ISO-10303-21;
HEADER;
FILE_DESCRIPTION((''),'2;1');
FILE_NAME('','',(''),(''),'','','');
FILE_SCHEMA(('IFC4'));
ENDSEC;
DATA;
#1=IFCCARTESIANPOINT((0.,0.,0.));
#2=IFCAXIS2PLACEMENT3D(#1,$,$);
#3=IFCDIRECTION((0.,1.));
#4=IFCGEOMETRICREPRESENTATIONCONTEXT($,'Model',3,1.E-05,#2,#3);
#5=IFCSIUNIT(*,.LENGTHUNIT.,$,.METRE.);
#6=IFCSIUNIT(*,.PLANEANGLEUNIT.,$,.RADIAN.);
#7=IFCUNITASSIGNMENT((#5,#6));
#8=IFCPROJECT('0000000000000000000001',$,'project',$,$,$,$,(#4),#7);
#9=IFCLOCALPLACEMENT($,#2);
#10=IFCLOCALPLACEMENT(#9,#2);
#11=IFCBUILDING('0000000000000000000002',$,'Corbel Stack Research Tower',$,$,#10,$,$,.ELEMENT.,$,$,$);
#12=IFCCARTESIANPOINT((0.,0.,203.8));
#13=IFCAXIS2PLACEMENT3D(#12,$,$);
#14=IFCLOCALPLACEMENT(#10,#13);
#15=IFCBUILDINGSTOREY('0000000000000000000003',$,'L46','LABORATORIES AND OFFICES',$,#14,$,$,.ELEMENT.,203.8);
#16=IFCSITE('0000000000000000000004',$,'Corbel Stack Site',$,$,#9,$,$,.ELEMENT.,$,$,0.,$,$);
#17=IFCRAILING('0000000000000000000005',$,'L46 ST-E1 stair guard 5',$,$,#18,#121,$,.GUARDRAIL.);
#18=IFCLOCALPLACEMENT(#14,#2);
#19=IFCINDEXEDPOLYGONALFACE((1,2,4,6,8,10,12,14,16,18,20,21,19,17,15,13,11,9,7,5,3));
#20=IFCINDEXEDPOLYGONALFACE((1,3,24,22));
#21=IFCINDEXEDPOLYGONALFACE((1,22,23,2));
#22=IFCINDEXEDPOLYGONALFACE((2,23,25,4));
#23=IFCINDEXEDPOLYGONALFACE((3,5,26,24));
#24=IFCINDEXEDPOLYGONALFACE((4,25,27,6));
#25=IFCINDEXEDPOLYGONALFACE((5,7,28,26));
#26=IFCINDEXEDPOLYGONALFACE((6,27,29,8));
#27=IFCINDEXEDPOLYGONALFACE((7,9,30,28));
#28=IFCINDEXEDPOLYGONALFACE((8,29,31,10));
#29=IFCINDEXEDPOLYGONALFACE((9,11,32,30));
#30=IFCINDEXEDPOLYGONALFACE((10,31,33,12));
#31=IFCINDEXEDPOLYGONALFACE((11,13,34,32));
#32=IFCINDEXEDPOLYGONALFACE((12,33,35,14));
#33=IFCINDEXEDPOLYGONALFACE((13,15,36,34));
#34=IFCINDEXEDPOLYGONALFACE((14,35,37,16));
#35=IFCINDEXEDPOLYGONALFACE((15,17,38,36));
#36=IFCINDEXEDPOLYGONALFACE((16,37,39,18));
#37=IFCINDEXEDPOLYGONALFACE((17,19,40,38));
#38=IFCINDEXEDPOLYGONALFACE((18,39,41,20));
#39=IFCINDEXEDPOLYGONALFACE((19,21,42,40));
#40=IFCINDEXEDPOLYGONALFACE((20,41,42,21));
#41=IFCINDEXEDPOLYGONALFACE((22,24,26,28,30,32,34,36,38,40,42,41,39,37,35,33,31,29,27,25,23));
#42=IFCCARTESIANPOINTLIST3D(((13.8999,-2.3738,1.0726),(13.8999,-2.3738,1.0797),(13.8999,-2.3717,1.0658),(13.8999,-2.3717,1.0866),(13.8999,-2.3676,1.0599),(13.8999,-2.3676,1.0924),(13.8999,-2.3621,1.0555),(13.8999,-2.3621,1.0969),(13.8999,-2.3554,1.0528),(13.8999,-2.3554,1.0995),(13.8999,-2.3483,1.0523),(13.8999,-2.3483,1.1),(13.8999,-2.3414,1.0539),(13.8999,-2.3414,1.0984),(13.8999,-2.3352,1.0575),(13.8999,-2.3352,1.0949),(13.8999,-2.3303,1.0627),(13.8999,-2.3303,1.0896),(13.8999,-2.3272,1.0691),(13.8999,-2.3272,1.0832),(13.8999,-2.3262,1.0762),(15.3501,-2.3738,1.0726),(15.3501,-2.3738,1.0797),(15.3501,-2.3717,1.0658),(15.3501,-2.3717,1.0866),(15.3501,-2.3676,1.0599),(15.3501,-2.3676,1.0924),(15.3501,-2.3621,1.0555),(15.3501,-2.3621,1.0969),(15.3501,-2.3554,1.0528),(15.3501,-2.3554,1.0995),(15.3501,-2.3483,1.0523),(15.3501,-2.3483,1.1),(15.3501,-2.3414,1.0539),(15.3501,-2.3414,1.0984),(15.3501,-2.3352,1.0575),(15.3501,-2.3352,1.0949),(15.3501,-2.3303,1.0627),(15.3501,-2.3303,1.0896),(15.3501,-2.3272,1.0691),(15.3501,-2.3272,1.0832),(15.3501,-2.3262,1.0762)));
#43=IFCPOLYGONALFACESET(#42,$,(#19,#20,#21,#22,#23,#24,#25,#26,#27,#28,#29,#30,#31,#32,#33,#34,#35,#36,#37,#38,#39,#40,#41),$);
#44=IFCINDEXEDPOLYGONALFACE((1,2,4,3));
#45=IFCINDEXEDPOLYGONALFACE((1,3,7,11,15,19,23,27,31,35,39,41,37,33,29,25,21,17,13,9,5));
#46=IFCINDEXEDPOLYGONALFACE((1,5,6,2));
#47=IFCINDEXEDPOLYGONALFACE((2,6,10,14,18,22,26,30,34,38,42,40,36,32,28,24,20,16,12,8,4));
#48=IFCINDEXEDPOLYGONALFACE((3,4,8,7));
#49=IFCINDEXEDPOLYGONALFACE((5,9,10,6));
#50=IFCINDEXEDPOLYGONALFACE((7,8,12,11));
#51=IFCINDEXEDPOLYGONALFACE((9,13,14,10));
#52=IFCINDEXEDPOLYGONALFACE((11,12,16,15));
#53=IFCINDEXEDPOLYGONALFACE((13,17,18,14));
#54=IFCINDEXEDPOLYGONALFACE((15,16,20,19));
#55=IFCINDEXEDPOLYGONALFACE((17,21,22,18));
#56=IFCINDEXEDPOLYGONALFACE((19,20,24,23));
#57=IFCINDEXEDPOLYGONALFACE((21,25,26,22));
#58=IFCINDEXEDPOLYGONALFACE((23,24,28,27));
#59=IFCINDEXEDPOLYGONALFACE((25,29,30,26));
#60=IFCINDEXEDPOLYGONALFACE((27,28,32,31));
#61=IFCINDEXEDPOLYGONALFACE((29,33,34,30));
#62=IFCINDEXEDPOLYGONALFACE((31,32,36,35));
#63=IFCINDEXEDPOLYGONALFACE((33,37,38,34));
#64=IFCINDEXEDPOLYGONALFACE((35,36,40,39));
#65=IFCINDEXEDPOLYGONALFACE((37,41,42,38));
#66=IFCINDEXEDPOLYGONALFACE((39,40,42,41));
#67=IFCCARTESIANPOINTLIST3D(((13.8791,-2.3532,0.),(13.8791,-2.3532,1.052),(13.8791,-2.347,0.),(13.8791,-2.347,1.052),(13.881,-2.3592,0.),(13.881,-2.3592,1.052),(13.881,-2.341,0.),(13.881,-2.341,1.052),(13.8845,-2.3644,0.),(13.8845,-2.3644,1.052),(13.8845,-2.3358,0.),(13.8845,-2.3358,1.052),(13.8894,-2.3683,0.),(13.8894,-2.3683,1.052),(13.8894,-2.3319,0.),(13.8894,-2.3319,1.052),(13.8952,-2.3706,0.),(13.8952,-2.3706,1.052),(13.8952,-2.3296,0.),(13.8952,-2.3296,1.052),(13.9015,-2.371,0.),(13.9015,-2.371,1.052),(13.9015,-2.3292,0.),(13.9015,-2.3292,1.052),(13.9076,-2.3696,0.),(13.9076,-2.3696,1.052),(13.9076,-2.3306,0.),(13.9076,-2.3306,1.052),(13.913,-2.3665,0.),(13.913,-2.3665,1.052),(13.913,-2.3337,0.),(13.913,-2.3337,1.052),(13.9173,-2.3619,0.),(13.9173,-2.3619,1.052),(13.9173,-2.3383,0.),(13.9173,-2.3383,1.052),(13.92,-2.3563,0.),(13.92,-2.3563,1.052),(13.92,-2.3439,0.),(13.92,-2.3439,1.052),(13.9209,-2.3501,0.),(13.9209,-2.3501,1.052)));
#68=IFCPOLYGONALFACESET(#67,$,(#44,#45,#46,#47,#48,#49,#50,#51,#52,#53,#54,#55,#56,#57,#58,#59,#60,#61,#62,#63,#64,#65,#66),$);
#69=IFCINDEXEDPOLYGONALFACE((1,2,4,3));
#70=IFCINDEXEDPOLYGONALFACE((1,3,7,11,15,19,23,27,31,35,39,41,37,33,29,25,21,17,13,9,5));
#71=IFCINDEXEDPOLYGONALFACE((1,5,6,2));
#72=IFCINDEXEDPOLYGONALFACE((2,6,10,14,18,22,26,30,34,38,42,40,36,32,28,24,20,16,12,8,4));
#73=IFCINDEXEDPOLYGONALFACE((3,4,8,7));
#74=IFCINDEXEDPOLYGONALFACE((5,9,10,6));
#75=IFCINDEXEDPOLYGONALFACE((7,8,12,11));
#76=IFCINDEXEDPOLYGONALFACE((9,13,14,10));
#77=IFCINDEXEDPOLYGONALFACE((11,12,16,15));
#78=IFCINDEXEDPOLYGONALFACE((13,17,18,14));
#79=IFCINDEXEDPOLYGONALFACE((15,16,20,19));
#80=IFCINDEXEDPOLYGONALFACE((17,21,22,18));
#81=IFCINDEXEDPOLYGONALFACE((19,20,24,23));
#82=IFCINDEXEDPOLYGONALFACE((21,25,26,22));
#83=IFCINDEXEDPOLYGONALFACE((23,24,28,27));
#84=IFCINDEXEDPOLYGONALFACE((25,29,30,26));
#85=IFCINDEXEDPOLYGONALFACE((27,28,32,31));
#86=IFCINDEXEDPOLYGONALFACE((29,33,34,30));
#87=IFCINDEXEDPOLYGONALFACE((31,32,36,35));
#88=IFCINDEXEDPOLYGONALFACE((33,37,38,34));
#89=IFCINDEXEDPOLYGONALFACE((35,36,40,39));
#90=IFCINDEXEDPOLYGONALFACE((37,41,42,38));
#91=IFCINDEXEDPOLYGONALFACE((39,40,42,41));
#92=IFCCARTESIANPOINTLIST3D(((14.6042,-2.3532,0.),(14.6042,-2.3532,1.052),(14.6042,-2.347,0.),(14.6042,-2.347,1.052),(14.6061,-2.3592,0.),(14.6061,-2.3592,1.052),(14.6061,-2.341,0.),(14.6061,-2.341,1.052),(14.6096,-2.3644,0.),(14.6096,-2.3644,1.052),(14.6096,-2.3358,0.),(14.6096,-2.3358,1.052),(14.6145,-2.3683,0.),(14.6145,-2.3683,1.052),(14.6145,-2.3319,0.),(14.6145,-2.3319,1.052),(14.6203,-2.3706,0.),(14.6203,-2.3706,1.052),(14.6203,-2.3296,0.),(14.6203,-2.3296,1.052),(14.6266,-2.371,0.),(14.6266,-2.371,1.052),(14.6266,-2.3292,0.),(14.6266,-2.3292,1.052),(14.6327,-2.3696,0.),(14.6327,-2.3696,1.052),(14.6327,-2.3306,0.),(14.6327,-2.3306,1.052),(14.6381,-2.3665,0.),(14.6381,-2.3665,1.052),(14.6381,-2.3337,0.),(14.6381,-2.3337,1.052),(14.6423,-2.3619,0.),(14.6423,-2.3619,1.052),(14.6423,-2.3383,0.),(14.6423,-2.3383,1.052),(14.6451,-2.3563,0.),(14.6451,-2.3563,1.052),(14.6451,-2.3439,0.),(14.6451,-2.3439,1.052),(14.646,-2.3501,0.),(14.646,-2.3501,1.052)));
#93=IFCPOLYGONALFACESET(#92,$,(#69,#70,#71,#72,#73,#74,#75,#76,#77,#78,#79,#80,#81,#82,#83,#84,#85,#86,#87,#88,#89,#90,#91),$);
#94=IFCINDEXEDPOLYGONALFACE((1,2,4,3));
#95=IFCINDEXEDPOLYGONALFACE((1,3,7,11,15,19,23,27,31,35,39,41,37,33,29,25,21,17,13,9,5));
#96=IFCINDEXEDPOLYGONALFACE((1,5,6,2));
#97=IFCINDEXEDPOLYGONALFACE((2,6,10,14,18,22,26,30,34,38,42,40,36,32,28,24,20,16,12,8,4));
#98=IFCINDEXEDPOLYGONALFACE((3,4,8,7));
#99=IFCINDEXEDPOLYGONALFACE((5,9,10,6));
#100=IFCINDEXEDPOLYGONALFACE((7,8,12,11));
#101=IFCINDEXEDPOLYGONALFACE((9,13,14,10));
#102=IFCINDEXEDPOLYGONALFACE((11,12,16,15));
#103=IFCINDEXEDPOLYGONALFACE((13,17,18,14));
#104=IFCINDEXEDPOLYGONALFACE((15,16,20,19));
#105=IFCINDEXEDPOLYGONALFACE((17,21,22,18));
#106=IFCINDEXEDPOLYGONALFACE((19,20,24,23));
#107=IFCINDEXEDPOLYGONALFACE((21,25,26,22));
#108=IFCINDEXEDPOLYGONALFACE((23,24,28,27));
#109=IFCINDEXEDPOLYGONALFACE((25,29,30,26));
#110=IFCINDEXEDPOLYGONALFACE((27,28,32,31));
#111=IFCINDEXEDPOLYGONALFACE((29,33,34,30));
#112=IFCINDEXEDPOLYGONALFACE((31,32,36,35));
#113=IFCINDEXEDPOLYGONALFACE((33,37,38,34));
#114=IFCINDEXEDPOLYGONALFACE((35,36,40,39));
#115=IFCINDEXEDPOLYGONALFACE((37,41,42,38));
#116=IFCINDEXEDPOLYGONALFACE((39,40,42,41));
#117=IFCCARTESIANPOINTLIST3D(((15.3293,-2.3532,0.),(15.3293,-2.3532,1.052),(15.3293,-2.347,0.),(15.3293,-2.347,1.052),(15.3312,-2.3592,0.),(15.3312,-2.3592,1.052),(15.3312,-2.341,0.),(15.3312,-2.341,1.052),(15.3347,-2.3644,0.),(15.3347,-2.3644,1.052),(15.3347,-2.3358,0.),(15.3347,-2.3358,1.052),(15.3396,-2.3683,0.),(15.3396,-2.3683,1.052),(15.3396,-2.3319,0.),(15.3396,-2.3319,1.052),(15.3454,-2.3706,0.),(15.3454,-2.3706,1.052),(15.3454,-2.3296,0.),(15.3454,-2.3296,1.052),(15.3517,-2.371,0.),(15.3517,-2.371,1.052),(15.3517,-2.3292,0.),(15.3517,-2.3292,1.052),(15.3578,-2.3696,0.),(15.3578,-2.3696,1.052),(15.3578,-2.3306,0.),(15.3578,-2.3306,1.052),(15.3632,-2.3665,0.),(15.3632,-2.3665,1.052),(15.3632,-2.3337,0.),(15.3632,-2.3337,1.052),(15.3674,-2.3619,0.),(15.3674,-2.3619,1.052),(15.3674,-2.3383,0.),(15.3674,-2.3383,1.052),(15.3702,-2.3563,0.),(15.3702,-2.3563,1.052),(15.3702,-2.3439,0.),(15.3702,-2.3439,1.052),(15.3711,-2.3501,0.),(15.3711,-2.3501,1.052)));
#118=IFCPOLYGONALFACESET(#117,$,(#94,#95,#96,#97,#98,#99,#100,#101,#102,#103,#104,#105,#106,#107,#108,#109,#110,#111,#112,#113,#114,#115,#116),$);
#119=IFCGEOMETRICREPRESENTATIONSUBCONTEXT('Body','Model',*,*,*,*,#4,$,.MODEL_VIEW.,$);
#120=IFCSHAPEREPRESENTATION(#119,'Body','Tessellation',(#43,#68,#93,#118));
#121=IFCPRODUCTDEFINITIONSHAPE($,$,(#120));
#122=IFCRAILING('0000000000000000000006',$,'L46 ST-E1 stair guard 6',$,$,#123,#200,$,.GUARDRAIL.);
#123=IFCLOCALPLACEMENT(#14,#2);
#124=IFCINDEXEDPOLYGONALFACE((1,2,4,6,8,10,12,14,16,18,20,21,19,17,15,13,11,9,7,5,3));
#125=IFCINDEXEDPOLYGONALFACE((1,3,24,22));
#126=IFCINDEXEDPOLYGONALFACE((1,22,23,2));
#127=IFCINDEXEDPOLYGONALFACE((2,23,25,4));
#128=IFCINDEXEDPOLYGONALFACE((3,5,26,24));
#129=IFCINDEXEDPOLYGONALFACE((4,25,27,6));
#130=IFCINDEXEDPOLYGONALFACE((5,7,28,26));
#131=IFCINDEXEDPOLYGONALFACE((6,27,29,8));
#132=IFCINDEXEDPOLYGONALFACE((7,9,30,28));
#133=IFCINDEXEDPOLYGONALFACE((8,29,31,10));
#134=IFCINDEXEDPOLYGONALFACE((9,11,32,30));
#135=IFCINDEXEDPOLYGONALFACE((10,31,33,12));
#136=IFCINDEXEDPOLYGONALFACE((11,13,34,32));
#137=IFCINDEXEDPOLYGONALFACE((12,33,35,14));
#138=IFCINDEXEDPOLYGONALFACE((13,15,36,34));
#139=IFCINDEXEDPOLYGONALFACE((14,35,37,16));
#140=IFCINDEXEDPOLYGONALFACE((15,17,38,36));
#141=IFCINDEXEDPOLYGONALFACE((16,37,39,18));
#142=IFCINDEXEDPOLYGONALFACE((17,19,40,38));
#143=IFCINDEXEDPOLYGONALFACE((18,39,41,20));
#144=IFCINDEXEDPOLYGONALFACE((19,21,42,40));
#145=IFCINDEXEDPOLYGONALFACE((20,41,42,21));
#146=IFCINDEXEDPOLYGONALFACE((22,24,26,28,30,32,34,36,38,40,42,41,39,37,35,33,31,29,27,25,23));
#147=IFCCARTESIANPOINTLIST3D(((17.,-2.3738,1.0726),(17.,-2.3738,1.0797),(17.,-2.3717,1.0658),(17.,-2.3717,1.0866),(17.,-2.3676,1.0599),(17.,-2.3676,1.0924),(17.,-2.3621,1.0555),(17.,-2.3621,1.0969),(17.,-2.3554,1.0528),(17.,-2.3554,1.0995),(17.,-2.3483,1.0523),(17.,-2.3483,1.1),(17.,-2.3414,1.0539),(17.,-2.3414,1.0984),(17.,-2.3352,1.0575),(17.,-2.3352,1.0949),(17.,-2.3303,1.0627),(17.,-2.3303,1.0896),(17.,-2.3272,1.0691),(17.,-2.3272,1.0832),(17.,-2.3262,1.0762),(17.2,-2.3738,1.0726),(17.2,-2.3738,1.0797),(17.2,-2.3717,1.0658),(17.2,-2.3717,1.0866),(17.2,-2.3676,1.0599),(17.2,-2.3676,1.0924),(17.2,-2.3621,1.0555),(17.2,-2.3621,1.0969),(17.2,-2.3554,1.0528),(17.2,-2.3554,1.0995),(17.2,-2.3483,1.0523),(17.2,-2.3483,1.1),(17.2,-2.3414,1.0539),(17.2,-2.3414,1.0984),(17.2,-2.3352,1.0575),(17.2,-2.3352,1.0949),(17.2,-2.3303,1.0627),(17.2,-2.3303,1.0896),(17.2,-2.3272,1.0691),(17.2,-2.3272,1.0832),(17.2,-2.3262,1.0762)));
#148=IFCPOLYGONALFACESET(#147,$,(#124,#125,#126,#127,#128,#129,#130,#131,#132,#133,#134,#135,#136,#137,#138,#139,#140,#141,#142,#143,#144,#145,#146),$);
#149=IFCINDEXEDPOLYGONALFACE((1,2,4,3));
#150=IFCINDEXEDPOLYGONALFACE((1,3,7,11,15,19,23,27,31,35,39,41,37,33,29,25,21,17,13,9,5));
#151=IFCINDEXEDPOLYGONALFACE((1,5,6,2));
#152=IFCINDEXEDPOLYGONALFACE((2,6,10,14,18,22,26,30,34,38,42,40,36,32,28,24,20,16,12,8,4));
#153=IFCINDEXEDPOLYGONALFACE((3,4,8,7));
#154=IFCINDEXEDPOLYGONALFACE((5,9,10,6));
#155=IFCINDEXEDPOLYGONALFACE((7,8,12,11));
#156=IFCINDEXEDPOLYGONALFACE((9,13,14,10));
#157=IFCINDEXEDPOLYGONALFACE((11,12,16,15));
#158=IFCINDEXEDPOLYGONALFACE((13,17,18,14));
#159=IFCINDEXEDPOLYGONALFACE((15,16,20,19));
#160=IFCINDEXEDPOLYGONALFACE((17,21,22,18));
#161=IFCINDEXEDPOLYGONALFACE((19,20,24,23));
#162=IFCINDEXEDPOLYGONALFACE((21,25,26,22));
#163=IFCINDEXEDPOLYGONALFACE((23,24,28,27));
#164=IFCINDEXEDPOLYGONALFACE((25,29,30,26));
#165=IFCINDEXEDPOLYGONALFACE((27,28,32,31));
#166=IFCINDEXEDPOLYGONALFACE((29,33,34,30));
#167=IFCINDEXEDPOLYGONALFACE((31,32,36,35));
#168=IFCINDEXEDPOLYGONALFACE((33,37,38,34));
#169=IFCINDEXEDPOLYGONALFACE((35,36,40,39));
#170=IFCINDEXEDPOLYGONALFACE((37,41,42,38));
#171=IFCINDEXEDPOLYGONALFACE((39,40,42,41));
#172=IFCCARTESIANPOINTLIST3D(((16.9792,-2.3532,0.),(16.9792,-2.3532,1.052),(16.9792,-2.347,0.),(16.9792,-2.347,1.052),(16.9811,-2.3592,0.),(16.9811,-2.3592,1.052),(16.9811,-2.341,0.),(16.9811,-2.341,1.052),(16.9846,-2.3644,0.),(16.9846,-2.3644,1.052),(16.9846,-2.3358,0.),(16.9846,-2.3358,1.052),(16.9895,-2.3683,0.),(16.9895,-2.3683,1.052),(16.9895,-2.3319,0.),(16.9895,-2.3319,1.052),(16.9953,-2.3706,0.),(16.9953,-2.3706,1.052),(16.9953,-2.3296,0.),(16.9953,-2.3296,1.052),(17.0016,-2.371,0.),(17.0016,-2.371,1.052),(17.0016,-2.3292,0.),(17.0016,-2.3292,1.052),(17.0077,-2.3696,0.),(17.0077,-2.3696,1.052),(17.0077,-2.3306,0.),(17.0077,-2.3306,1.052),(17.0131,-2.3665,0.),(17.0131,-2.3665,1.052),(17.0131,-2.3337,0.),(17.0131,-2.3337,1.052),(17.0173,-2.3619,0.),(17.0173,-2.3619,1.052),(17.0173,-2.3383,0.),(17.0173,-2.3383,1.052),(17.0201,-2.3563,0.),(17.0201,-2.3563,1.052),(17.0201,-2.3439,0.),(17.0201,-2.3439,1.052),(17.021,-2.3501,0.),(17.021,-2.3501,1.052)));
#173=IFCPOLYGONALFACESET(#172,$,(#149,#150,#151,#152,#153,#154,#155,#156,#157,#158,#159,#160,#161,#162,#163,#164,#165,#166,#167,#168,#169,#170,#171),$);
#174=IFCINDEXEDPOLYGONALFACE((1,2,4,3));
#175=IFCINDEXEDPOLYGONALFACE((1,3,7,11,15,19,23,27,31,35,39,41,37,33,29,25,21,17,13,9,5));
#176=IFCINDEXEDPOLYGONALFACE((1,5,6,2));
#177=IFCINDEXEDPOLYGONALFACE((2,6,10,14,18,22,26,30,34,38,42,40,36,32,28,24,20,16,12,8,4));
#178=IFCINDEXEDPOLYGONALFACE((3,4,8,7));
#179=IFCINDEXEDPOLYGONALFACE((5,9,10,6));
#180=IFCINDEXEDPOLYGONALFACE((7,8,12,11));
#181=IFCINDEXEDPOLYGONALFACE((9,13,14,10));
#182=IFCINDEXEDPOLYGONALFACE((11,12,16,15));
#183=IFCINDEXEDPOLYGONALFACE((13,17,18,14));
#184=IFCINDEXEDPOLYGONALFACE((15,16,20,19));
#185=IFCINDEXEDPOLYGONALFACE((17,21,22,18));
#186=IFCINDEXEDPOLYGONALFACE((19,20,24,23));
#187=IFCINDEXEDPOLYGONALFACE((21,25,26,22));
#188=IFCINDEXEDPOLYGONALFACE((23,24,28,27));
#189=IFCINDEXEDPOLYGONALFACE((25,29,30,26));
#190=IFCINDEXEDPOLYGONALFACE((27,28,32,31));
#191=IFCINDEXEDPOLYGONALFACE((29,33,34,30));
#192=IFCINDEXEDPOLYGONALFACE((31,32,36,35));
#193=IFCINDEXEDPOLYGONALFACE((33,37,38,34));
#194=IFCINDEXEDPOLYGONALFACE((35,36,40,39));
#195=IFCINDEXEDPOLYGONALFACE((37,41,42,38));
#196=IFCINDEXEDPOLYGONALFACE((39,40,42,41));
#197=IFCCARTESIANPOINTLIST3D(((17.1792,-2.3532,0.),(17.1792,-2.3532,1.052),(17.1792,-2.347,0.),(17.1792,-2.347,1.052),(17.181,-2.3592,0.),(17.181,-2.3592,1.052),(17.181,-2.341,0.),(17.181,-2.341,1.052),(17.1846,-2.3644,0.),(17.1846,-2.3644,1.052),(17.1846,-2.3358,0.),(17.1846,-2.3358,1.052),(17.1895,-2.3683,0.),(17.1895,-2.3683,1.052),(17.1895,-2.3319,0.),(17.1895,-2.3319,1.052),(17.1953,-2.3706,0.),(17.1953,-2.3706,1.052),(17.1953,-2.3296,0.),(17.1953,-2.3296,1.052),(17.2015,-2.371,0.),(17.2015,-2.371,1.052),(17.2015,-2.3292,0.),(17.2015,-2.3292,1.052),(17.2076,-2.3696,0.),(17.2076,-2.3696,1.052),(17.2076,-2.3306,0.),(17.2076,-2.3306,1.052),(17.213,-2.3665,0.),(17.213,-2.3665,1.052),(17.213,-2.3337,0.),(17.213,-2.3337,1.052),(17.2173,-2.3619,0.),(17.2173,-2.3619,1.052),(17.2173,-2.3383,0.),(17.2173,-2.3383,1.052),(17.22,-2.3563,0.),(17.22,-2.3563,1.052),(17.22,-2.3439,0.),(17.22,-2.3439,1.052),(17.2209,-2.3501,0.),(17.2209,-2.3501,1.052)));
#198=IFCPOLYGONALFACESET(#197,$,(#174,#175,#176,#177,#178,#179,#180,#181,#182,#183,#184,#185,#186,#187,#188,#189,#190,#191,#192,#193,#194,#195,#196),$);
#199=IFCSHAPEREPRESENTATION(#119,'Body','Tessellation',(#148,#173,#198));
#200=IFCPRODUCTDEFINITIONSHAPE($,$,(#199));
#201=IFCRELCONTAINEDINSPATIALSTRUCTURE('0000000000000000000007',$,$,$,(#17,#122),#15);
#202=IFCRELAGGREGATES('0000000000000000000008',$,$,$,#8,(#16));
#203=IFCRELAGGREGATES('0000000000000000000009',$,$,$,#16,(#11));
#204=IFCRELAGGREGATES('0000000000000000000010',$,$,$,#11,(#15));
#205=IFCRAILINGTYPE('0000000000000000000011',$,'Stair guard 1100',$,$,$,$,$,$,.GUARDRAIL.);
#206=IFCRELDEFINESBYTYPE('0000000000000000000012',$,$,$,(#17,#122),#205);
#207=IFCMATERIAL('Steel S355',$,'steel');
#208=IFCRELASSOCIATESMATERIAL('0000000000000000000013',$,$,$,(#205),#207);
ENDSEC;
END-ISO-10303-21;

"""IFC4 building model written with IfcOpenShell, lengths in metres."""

from ifc_helpers import new_model, si_unit, direction, frame, origin, origin_2d, place, context, subcontext, project, spatial, circle, extrude, material, type_object, element, save


model = new_model("IFC4")

# Units and contexts
model_context = context("Model", 3, precision=1e-05, world=origin(), true_north=direction((0.0, 1.0)))
body_context = subcontext(model_context, "Body", "Model", "MODEL_VIEW")
ifc_project = project(units=[si_unit("LENGTHUNIT", "METRE"), si_unit("PLANEANGLEUNIT", "RADIAN")], contexts=[model_context])

# Site, building, storey
site_placement = place(None, origin())
site = spatial("IfcSite", under=ifc_project, at=site_placement, Name="Corbel Stack Site", CompositionType="ELEMENT", RefElevation=0.0)
building_placement = place(site_placement, origin())
building = spatial("IfcBuilding", under=site, at=building_placement, Name="Corbel Stack Research Tower", CompositionType="ELEMENT")
storey_placement = place(building_placement, frame((0.0, 0.0, 203.8)))
storey = spatial("IfcBuildingStorey", under=building, at=storey_placement, Name="L46", Description="LABORATORIES AND OFFICES", CompositionType="ELEMENT", Elevation=203.8)

# Railings
ifc_material_1 = material(Name="Steel S355", Category="steel")
railing_type_1 = type_object("IfcRailingType", Name="Stair guard 1100", PredefinedType="GUARDRAIL", material=ifc_material_1)
railing_1_placement = place(storey_placement, frame((13.8999, -2.3501, 0.0)))
element("IfcRailing", 1, at=railing_1_placement, inside=storey, type_object=railing_type_1, Name="L46 ST-E1 stair guard 5", PredefinedType="GUARDRAIL", context=body_context, shape_type="SweptSolid", body=[
    extrude(circle(Radius=0.0239, at=origin_2d()), frame((0.0, 0.0, 1.0762), z_axis=(1.0, 0.0, 0.0), x_axis=(0.0, 1.0, 0.0)), (0.0, 0.0, 1.0), 1.4502),
    extrude(circle(Radius=0.021, at=origin_2d()), origin(), (0.0, 0.0, 1.0), 1.052),
    extrude(circle(Radius=0.021, at=origin_2d()), frame((0.7251, 0.0, 0.0)), (0.0, 0.0, 1.0), 1.052),
    extrude(circle(Radius=0.021, at=origin_2d()), frame((1.4502, 0.0, 0.0)), (0.0, 0.0, 1.0), 1.052),
])
railing_2_placement = place(storey_placement, frame((17.0, -2.3501, 0.0)))
element("IfcRailing", 2, at=railing_2_placement, inside=storey, type_object=railing_type_1, Name="L46 ST-E1 stair guard 6", PredefinedType="GUARDRAIL", context=body_context, shape_type="SweptSolid", body=[
    extrude(circle(Radius=0.0239, at=origin_2d()), frame((0.0, 0.0, 1.0762), z_axis=(1.0, 0.0, 0.0), x_axis=(0.0, 1.0, 0.0)), (0.0, 0.0, 1.0), 0.2),
    extrude(circle(Radius=0.021, at=origin_2d()), origin(), (0.0, 0.0, 1.0), 1.052),
    extrude(circle(Radius=0.021, at=origin_2d()), frame((0.2, 0.0, 0.0)), (0.0, 0.0, 1.0), 1.052),
])

save(model, "model.ifc")
